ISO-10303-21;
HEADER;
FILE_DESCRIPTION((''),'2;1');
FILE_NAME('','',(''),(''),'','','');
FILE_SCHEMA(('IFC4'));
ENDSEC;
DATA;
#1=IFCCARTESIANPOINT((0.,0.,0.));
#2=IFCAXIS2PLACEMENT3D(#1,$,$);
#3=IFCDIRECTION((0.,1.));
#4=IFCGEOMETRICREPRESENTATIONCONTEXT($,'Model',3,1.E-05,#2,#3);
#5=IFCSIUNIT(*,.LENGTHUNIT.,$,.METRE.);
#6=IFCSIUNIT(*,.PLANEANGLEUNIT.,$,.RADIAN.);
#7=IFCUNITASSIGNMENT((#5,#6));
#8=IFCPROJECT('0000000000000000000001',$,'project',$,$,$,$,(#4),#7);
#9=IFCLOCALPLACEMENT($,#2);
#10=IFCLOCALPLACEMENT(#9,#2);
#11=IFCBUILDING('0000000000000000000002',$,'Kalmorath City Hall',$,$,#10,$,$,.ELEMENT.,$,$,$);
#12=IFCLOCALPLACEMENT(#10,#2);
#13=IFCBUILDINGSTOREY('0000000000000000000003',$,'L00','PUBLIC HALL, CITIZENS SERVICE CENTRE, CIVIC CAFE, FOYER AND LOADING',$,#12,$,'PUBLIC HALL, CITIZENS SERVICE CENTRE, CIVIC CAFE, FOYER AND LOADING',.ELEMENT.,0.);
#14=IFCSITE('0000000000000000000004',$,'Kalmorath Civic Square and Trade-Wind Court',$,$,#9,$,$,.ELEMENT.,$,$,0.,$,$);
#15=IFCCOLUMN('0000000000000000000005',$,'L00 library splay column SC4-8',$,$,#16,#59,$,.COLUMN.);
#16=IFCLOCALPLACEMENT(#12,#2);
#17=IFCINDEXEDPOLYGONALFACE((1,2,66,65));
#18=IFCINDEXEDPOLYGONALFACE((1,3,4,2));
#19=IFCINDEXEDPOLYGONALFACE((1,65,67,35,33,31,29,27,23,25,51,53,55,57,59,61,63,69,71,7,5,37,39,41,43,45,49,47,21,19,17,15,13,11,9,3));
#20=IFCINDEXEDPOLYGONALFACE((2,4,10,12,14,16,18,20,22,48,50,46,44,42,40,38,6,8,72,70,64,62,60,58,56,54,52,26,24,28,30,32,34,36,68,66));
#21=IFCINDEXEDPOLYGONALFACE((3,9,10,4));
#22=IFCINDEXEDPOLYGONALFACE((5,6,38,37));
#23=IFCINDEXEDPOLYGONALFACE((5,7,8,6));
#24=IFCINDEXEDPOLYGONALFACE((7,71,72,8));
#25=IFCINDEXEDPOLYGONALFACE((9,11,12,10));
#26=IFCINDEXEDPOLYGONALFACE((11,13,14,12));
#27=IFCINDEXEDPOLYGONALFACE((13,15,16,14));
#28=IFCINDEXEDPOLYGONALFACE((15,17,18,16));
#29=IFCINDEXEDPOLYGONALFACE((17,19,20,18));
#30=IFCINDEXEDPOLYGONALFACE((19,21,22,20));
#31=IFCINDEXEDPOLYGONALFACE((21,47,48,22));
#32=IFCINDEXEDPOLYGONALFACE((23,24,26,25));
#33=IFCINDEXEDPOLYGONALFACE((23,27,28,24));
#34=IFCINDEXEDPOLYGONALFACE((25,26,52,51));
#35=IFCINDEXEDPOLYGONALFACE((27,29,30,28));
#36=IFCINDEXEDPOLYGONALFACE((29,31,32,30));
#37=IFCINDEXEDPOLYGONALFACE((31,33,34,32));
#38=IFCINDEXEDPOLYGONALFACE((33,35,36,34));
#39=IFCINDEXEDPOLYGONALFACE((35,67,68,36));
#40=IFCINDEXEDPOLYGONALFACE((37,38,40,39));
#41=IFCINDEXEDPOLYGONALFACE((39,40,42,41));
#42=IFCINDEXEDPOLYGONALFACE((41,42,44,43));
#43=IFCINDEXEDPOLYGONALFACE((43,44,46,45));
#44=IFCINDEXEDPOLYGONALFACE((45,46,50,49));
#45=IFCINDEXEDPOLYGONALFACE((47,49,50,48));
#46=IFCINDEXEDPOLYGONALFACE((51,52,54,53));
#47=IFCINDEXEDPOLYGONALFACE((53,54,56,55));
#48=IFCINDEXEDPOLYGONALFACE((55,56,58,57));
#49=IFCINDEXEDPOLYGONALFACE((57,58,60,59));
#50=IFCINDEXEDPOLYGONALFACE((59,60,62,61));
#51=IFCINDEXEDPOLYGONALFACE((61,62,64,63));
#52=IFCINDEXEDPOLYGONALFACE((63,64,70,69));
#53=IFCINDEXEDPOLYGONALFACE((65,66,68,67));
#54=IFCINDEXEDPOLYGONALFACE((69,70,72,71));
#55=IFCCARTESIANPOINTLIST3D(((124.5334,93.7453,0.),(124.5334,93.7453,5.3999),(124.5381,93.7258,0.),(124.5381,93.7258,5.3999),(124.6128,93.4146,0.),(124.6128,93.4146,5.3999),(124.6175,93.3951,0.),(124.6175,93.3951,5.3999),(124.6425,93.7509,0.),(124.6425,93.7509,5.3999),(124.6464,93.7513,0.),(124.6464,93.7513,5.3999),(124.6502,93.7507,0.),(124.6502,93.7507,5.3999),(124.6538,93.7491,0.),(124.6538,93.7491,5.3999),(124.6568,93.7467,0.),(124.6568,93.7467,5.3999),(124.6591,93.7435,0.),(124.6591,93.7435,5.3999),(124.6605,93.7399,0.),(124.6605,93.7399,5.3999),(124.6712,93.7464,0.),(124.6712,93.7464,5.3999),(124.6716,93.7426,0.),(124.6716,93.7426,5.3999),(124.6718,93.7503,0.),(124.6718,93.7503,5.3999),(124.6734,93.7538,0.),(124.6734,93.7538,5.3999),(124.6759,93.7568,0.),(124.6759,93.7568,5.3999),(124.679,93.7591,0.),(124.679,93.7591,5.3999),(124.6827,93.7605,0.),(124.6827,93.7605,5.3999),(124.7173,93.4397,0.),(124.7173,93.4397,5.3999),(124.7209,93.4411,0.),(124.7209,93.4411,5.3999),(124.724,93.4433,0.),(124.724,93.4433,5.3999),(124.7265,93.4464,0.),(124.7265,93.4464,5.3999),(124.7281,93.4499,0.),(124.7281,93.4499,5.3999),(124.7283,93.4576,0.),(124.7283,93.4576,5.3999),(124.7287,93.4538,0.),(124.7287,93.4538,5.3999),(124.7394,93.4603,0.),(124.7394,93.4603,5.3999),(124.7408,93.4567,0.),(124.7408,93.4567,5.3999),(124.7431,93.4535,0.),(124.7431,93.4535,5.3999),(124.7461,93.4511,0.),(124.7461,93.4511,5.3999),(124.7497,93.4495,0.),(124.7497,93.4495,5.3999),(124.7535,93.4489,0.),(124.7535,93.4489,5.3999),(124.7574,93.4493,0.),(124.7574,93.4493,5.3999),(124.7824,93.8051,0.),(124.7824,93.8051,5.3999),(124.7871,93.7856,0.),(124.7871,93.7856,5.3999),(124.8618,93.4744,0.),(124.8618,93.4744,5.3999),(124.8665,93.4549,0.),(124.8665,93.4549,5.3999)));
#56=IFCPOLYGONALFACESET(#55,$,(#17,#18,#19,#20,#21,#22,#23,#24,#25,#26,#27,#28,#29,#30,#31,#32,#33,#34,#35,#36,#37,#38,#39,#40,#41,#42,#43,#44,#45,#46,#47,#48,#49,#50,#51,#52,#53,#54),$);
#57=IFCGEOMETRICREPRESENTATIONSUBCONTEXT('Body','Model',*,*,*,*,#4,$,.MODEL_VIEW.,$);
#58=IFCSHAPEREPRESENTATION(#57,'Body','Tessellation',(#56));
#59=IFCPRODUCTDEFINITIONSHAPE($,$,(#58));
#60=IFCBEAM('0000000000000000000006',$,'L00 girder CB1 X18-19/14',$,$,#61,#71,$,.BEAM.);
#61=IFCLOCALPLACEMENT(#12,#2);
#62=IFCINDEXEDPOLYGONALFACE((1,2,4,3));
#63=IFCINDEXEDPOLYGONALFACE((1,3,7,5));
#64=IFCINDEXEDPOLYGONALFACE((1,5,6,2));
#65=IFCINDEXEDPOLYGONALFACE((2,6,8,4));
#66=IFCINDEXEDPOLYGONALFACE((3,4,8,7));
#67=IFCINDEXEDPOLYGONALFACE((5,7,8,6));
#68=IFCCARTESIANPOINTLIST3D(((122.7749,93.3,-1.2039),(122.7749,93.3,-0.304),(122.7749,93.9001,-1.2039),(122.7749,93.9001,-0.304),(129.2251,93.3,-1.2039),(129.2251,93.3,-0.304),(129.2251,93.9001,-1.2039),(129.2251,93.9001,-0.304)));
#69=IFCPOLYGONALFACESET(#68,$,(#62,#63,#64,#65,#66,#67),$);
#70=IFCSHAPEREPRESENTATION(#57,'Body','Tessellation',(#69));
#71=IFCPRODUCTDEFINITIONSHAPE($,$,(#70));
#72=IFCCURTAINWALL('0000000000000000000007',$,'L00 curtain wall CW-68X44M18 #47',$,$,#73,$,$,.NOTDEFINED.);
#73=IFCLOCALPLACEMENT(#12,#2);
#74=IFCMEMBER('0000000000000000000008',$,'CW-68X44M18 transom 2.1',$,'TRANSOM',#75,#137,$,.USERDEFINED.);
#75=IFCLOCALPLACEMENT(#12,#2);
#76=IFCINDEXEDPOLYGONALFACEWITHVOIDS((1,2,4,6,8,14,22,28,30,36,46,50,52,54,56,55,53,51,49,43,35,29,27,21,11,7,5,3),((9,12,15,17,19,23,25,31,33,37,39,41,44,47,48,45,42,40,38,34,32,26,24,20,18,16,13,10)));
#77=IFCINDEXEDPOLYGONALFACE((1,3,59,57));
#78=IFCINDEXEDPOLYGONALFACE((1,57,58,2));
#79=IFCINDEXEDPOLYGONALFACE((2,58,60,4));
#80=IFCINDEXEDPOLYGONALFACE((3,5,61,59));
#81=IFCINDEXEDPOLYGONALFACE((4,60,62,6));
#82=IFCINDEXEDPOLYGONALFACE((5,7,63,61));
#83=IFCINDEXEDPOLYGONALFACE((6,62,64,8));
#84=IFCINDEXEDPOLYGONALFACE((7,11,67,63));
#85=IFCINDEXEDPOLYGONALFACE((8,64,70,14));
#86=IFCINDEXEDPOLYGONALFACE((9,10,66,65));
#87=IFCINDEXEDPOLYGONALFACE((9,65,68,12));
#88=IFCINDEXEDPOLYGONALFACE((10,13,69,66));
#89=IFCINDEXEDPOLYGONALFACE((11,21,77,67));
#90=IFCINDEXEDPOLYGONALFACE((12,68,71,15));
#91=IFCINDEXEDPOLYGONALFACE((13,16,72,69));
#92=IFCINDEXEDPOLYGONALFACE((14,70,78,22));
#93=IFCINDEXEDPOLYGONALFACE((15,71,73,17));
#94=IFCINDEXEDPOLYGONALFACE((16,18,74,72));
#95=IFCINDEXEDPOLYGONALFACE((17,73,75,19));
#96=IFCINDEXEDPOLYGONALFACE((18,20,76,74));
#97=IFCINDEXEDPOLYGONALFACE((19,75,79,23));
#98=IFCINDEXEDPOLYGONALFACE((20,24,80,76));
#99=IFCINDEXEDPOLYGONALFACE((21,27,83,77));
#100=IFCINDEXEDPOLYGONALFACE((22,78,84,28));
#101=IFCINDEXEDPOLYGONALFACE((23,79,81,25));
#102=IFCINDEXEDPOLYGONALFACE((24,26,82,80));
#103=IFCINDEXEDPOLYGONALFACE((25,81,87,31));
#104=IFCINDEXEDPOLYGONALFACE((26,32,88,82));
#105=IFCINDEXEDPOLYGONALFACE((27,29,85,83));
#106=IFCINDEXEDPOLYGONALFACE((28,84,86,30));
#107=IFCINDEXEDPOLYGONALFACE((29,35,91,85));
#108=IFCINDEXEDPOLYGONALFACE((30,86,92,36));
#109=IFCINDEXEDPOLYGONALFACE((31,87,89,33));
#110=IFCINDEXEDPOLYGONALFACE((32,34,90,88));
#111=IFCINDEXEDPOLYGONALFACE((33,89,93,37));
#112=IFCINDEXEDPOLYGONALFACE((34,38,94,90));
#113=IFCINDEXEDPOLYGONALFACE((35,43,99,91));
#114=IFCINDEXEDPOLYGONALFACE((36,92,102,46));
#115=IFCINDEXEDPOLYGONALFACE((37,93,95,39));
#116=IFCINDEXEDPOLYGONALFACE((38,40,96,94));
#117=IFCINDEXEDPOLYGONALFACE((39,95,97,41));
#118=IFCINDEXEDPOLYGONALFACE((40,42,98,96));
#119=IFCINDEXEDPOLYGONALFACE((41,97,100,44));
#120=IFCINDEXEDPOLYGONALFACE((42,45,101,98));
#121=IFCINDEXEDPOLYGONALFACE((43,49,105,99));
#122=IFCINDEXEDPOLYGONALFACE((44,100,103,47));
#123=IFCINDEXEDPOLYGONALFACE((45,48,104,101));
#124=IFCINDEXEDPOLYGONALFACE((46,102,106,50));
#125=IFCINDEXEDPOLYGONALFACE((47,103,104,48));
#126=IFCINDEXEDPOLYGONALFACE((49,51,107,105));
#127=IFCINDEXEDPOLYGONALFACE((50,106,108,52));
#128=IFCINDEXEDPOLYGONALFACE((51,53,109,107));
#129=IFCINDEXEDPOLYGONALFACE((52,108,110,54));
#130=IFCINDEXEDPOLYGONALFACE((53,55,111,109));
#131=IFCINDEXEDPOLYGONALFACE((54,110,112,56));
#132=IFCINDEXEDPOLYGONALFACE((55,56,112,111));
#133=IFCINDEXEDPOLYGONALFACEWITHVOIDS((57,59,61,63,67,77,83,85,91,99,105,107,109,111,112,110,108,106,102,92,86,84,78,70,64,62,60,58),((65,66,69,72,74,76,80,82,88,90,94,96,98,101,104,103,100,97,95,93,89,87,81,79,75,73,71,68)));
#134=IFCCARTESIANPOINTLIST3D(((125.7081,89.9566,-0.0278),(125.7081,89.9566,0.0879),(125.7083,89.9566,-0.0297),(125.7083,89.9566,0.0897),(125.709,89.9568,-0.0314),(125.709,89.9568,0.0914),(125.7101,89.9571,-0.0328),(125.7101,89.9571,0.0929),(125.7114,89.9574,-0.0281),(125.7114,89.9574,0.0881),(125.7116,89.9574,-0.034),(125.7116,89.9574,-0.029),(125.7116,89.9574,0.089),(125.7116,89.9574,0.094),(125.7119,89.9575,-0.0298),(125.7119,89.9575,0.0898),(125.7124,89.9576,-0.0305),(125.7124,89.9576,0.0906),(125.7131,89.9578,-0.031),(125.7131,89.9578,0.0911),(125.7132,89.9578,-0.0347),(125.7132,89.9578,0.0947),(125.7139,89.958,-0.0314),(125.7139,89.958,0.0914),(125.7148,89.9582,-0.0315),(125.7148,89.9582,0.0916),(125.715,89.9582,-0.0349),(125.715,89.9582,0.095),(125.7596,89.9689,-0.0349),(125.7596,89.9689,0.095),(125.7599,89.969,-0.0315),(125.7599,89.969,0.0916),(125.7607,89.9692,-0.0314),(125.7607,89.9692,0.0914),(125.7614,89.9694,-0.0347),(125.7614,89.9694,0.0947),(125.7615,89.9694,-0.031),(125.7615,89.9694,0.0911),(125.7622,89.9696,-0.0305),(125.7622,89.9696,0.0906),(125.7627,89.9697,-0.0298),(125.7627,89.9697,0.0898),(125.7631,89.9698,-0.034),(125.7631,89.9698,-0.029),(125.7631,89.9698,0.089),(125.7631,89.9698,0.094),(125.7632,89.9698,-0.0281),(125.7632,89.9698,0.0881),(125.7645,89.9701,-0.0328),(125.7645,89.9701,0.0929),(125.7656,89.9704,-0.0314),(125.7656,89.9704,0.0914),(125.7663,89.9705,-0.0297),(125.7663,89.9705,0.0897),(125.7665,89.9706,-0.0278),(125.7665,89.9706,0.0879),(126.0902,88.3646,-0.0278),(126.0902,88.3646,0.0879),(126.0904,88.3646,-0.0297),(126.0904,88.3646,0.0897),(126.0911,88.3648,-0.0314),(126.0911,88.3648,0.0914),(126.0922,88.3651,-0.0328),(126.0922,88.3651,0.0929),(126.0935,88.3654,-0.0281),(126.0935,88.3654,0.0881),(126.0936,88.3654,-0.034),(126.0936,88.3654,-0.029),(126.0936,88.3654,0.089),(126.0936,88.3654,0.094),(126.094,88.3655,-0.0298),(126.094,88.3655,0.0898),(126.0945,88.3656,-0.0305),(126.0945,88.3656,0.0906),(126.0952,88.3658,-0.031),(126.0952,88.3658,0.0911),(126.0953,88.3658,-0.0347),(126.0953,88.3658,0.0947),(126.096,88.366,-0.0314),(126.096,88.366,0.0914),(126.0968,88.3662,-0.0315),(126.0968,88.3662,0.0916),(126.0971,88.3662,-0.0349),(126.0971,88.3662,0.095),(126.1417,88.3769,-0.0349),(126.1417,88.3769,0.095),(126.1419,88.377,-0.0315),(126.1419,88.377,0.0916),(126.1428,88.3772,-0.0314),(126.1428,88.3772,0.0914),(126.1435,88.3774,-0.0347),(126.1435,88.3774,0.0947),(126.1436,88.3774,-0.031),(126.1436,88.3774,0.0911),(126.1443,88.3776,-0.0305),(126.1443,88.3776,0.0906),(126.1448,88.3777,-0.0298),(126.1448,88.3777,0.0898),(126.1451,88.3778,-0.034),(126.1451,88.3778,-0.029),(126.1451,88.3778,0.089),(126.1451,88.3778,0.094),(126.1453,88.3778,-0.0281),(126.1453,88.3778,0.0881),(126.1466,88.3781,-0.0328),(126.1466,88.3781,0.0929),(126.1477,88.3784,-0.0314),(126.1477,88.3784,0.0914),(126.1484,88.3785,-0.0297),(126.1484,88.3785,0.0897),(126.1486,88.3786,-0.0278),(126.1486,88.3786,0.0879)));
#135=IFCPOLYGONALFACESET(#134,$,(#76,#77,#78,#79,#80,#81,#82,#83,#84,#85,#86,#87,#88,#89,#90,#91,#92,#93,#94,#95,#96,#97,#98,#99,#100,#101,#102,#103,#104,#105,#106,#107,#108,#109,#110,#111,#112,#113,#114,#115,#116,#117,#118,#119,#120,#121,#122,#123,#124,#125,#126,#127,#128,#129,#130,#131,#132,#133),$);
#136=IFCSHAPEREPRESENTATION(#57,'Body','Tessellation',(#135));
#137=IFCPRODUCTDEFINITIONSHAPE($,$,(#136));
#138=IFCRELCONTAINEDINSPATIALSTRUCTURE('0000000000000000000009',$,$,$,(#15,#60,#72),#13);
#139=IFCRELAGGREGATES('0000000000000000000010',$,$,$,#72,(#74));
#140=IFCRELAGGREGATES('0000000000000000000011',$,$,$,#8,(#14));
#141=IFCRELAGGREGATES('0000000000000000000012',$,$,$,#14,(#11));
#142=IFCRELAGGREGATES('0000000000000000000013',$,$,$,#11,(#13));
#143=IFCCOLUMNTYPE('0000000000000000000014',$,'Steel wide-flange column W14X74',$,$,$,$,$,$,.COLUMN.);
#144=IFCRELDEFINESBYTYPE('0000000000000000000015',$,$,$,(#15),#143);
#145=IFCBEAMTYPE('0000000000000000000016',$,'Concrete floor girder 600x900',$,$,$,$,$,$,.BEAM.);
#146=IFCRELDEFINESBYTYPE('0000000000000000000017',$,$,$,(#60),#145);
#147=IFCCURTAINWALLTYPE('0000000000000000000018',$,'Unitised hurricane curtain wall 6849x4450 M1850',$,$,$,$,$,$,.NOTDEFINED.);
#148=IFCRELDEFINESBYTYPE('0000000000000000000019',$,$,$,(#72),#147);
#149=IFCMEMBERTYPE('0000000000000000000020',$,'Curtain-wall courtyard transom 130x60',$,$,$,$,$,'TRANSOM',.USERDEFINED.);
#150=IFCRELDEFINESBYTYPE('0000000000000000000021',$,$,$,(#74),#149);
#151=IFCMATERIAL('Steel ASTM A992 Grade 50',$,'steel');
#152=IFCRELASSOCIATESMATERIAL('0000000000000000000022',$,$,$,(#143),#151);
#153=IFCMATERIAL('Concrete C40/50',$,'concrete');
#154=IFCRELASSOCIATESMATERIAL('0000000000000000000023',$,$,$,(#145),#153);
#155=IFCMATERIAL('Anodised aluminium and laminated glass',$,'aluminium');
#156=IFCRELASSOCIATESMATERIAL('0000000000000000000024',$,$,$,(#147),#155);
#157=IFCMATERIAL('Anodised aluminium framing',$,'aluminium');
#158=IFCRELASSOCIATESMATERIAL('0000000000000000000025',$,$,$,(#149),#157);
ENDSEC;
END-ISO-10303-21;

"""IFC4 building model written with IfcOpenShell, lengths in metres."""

from ifc_helpers import new_model, si_unit, direction, frame, origin, origin_2d, place, context, subcontext, project, spatial, rectangle, hollow_rectangle, i_section, extrude, material, material_profile, profile_set, type_object, element, aggregate, save


model = new_model("IFC4")

# Units and contexts
model_context = context("Model", 3, precision=1e-05, world=origin(), true_north=direction((0.0, 1.0)))
body_context = subcontext(model_context, "Body", "Model", "MODEL_VIEW")
ifc_project = project(units=[si_unit("LENGTHUNIT", "METRE"), si_unit("PLANEANGLEUNIT", "RADIAN")], contexts=[model_context])

# Site, building, storey
site_placement = place(None, origin())
site = spatial("IfcSite", under=ifc_project, at=site_placement, Name="Kalmorath Civic Square and Trade-Wind Court", CompositionType="ELEMENT", RefElevation=0.0)
building_placement = place(site_placement, origin())
building = spatial("IfcBuilding", under=site, at=building_placement, Name="Kalmorath City Hall", CompositionType="ELEMENT")
storey_placement = place(building_placement, origin())
storey = spatial("IfcBuildingStorey", under=building, at=storey_placement, Name="L00", Description="PUBLIC HALL, CITIZENS SERVICE CENTRE, CIVIC CAFE, FOYER AND LOADING", LongName="PUBLIC HALL, CITIZENS SERVICE CENTRE, CIVIC CAFE, FOYER AND LOADING", CompositionType="ELEMENT", Elevation=0.0)

# Column
ifc_material_1 = material(Name="Steel ASTM A992 Grade 50", Category="steel")
ifc_material_profile_1 = material_profile(ifc_material_1, i_section(OverallWidth=0.2561, OverallDepth=0.3601, WebThickness=0.0115, FlangeThickness=0.02, FilletRadius=0.0149, at=origin_2d()), Name="W14X74")
ifc_profile_set_1 = profile_set([ifc_material_profile_1], Name="Steel ASTM A992 Grade 50")
column_type = type_object("IfcColumnType", Name="Steel wide-flange column W14X74", PredefinedType="COLUMN", material=ifc_profile_set_1)
column_placement = place(storey_placement, frame((124.7, 93.6001, 0.0), z_axis=(0.0, 0.0, 1.0), x_axis=(0.97237, 0.233445, 0.0)))
element("IfcColumn", 1, at=column_placement, inside=storey, type_object=column_type, Name="L00 library splay column SC4-8", PredefinedType="COLUMN", context=body_context, shape_type="SweptSolid", body=[
    extrude(i_section(OverallWidth=0.2561, OverallDepth=0.3601, WebThickness=0.0115, FlangeThickness=0.02, FilletRadius=0.0149, at=origin_2d()), origin(), (0.0, 0.0, 1.0), 5.3999),
])

# Beam
ifc_material_2 = material(Name="Concrete C40/50", Category="concrete")
ifc_material_profile_2 = material_profile(ifc_material_2, rectangle(XDim=0.6001, YDim=0.8999, at=origin_2d()), Name="RC-BM-600X900")
ifc_profile_set_2 = profile_set([ifc_material_profile_2], Name="Concrete C40/50")
beam_type = type_object("IfcBeamType", Name="Concrete floor girder 600x900", PredefinedType="BEAM", material=ifc_profile_set_2)
beam_placement = place(storey_placement, frame((122.7749, 93.6001, -0.7539), z_axis=(1.0, 0.0, 0.0), x_axis=(0.0, 1.0, 0.0)))
element("IfcBeam", 2, at=beam_placement, inside=storey, type_object=beam_type, Name="L00 girder CB1 X18-19/14", PredefinedType="BEAM", context=body_context, shape_type="SweptSolid", body=[
    extrude(rectangle(XDim=0.6001, YDim=0.8999, at=origin_2d()), origin(), (0.0, 0.0, 1.0), 6.4502),
])

# Curtain wall, member
ifc_material_3 = material(Name="Anodised aluminium and laminated glass", Category="aluminium")
curtain_wall_type = type_object("IfcCurtainWallType", Name="Unitised hurricane curtain wall 6849x4450 M1850", PredefinedType="NOTDEFINED", material=ifc_material_3)
curtain_wall_placement = place(storey_placement, origin())
curtain_wall = element("IfcCurtainWall", 3, at=curtain_wall_placement, inside=storey, type_object=curtain_wall_type, Name="L00 curtain wall CW-68X44M18 #47", PredefinedType="NOTDEFINED")
ifc_material_4 = material(Name="Anodised aluminium framing", Category="aluminium")
ifc_material_profile_3 = material_profile(ifc_material_4, hollow_rectangle(XDim=0.0601, YDim=0.1299, WallThickness=0.0034, InnerFilletRadius=0.0034, OuterFilletRadius=0.0071, at=origin_2d()), Name="ALU-TRN-130X60X3.5")
ifc_profile_set_3 = profile_set([ifc_material_profile_3], Name="Anodised aluminium framing")
member_type_1 = type_object("IfcMemberType", Name="Curtain-wall courtyard transom 130x60", ElementType="TRANSOM", PredefinedType="USERDEFINED", material=ifc_profile_set_3)
member_1_placement = place(storey_placement, frame((126.1194, 88.3716, 0.03), z_axis=(-0.233367, 0.972389, 0.0), x_axis=(-0.972389, -0.233367, 0.0)))
member_1 = element("IfcMember", 4, at=member_1_placement, type_object=member_type_1, Name="CW-68X44M18 transom 2.1", ObjectType="TRANSOM", PredefinedType="USERDEFINED", context=body_context, shape_type="SweptSolid", body=[
    extrude(hollow_rectangle(XDim=0.0601, YDim=0.1299, WallThickness=0.0034, InnerFilletRadius=0.0034, OuterFilletRadius=0.0071, at=origin_2d()), origin(), (0.0, 0.0, 1.0), 1.6372),
])
aggregate(curtain_wall, [member_1])

save(model, "model.ifc")
